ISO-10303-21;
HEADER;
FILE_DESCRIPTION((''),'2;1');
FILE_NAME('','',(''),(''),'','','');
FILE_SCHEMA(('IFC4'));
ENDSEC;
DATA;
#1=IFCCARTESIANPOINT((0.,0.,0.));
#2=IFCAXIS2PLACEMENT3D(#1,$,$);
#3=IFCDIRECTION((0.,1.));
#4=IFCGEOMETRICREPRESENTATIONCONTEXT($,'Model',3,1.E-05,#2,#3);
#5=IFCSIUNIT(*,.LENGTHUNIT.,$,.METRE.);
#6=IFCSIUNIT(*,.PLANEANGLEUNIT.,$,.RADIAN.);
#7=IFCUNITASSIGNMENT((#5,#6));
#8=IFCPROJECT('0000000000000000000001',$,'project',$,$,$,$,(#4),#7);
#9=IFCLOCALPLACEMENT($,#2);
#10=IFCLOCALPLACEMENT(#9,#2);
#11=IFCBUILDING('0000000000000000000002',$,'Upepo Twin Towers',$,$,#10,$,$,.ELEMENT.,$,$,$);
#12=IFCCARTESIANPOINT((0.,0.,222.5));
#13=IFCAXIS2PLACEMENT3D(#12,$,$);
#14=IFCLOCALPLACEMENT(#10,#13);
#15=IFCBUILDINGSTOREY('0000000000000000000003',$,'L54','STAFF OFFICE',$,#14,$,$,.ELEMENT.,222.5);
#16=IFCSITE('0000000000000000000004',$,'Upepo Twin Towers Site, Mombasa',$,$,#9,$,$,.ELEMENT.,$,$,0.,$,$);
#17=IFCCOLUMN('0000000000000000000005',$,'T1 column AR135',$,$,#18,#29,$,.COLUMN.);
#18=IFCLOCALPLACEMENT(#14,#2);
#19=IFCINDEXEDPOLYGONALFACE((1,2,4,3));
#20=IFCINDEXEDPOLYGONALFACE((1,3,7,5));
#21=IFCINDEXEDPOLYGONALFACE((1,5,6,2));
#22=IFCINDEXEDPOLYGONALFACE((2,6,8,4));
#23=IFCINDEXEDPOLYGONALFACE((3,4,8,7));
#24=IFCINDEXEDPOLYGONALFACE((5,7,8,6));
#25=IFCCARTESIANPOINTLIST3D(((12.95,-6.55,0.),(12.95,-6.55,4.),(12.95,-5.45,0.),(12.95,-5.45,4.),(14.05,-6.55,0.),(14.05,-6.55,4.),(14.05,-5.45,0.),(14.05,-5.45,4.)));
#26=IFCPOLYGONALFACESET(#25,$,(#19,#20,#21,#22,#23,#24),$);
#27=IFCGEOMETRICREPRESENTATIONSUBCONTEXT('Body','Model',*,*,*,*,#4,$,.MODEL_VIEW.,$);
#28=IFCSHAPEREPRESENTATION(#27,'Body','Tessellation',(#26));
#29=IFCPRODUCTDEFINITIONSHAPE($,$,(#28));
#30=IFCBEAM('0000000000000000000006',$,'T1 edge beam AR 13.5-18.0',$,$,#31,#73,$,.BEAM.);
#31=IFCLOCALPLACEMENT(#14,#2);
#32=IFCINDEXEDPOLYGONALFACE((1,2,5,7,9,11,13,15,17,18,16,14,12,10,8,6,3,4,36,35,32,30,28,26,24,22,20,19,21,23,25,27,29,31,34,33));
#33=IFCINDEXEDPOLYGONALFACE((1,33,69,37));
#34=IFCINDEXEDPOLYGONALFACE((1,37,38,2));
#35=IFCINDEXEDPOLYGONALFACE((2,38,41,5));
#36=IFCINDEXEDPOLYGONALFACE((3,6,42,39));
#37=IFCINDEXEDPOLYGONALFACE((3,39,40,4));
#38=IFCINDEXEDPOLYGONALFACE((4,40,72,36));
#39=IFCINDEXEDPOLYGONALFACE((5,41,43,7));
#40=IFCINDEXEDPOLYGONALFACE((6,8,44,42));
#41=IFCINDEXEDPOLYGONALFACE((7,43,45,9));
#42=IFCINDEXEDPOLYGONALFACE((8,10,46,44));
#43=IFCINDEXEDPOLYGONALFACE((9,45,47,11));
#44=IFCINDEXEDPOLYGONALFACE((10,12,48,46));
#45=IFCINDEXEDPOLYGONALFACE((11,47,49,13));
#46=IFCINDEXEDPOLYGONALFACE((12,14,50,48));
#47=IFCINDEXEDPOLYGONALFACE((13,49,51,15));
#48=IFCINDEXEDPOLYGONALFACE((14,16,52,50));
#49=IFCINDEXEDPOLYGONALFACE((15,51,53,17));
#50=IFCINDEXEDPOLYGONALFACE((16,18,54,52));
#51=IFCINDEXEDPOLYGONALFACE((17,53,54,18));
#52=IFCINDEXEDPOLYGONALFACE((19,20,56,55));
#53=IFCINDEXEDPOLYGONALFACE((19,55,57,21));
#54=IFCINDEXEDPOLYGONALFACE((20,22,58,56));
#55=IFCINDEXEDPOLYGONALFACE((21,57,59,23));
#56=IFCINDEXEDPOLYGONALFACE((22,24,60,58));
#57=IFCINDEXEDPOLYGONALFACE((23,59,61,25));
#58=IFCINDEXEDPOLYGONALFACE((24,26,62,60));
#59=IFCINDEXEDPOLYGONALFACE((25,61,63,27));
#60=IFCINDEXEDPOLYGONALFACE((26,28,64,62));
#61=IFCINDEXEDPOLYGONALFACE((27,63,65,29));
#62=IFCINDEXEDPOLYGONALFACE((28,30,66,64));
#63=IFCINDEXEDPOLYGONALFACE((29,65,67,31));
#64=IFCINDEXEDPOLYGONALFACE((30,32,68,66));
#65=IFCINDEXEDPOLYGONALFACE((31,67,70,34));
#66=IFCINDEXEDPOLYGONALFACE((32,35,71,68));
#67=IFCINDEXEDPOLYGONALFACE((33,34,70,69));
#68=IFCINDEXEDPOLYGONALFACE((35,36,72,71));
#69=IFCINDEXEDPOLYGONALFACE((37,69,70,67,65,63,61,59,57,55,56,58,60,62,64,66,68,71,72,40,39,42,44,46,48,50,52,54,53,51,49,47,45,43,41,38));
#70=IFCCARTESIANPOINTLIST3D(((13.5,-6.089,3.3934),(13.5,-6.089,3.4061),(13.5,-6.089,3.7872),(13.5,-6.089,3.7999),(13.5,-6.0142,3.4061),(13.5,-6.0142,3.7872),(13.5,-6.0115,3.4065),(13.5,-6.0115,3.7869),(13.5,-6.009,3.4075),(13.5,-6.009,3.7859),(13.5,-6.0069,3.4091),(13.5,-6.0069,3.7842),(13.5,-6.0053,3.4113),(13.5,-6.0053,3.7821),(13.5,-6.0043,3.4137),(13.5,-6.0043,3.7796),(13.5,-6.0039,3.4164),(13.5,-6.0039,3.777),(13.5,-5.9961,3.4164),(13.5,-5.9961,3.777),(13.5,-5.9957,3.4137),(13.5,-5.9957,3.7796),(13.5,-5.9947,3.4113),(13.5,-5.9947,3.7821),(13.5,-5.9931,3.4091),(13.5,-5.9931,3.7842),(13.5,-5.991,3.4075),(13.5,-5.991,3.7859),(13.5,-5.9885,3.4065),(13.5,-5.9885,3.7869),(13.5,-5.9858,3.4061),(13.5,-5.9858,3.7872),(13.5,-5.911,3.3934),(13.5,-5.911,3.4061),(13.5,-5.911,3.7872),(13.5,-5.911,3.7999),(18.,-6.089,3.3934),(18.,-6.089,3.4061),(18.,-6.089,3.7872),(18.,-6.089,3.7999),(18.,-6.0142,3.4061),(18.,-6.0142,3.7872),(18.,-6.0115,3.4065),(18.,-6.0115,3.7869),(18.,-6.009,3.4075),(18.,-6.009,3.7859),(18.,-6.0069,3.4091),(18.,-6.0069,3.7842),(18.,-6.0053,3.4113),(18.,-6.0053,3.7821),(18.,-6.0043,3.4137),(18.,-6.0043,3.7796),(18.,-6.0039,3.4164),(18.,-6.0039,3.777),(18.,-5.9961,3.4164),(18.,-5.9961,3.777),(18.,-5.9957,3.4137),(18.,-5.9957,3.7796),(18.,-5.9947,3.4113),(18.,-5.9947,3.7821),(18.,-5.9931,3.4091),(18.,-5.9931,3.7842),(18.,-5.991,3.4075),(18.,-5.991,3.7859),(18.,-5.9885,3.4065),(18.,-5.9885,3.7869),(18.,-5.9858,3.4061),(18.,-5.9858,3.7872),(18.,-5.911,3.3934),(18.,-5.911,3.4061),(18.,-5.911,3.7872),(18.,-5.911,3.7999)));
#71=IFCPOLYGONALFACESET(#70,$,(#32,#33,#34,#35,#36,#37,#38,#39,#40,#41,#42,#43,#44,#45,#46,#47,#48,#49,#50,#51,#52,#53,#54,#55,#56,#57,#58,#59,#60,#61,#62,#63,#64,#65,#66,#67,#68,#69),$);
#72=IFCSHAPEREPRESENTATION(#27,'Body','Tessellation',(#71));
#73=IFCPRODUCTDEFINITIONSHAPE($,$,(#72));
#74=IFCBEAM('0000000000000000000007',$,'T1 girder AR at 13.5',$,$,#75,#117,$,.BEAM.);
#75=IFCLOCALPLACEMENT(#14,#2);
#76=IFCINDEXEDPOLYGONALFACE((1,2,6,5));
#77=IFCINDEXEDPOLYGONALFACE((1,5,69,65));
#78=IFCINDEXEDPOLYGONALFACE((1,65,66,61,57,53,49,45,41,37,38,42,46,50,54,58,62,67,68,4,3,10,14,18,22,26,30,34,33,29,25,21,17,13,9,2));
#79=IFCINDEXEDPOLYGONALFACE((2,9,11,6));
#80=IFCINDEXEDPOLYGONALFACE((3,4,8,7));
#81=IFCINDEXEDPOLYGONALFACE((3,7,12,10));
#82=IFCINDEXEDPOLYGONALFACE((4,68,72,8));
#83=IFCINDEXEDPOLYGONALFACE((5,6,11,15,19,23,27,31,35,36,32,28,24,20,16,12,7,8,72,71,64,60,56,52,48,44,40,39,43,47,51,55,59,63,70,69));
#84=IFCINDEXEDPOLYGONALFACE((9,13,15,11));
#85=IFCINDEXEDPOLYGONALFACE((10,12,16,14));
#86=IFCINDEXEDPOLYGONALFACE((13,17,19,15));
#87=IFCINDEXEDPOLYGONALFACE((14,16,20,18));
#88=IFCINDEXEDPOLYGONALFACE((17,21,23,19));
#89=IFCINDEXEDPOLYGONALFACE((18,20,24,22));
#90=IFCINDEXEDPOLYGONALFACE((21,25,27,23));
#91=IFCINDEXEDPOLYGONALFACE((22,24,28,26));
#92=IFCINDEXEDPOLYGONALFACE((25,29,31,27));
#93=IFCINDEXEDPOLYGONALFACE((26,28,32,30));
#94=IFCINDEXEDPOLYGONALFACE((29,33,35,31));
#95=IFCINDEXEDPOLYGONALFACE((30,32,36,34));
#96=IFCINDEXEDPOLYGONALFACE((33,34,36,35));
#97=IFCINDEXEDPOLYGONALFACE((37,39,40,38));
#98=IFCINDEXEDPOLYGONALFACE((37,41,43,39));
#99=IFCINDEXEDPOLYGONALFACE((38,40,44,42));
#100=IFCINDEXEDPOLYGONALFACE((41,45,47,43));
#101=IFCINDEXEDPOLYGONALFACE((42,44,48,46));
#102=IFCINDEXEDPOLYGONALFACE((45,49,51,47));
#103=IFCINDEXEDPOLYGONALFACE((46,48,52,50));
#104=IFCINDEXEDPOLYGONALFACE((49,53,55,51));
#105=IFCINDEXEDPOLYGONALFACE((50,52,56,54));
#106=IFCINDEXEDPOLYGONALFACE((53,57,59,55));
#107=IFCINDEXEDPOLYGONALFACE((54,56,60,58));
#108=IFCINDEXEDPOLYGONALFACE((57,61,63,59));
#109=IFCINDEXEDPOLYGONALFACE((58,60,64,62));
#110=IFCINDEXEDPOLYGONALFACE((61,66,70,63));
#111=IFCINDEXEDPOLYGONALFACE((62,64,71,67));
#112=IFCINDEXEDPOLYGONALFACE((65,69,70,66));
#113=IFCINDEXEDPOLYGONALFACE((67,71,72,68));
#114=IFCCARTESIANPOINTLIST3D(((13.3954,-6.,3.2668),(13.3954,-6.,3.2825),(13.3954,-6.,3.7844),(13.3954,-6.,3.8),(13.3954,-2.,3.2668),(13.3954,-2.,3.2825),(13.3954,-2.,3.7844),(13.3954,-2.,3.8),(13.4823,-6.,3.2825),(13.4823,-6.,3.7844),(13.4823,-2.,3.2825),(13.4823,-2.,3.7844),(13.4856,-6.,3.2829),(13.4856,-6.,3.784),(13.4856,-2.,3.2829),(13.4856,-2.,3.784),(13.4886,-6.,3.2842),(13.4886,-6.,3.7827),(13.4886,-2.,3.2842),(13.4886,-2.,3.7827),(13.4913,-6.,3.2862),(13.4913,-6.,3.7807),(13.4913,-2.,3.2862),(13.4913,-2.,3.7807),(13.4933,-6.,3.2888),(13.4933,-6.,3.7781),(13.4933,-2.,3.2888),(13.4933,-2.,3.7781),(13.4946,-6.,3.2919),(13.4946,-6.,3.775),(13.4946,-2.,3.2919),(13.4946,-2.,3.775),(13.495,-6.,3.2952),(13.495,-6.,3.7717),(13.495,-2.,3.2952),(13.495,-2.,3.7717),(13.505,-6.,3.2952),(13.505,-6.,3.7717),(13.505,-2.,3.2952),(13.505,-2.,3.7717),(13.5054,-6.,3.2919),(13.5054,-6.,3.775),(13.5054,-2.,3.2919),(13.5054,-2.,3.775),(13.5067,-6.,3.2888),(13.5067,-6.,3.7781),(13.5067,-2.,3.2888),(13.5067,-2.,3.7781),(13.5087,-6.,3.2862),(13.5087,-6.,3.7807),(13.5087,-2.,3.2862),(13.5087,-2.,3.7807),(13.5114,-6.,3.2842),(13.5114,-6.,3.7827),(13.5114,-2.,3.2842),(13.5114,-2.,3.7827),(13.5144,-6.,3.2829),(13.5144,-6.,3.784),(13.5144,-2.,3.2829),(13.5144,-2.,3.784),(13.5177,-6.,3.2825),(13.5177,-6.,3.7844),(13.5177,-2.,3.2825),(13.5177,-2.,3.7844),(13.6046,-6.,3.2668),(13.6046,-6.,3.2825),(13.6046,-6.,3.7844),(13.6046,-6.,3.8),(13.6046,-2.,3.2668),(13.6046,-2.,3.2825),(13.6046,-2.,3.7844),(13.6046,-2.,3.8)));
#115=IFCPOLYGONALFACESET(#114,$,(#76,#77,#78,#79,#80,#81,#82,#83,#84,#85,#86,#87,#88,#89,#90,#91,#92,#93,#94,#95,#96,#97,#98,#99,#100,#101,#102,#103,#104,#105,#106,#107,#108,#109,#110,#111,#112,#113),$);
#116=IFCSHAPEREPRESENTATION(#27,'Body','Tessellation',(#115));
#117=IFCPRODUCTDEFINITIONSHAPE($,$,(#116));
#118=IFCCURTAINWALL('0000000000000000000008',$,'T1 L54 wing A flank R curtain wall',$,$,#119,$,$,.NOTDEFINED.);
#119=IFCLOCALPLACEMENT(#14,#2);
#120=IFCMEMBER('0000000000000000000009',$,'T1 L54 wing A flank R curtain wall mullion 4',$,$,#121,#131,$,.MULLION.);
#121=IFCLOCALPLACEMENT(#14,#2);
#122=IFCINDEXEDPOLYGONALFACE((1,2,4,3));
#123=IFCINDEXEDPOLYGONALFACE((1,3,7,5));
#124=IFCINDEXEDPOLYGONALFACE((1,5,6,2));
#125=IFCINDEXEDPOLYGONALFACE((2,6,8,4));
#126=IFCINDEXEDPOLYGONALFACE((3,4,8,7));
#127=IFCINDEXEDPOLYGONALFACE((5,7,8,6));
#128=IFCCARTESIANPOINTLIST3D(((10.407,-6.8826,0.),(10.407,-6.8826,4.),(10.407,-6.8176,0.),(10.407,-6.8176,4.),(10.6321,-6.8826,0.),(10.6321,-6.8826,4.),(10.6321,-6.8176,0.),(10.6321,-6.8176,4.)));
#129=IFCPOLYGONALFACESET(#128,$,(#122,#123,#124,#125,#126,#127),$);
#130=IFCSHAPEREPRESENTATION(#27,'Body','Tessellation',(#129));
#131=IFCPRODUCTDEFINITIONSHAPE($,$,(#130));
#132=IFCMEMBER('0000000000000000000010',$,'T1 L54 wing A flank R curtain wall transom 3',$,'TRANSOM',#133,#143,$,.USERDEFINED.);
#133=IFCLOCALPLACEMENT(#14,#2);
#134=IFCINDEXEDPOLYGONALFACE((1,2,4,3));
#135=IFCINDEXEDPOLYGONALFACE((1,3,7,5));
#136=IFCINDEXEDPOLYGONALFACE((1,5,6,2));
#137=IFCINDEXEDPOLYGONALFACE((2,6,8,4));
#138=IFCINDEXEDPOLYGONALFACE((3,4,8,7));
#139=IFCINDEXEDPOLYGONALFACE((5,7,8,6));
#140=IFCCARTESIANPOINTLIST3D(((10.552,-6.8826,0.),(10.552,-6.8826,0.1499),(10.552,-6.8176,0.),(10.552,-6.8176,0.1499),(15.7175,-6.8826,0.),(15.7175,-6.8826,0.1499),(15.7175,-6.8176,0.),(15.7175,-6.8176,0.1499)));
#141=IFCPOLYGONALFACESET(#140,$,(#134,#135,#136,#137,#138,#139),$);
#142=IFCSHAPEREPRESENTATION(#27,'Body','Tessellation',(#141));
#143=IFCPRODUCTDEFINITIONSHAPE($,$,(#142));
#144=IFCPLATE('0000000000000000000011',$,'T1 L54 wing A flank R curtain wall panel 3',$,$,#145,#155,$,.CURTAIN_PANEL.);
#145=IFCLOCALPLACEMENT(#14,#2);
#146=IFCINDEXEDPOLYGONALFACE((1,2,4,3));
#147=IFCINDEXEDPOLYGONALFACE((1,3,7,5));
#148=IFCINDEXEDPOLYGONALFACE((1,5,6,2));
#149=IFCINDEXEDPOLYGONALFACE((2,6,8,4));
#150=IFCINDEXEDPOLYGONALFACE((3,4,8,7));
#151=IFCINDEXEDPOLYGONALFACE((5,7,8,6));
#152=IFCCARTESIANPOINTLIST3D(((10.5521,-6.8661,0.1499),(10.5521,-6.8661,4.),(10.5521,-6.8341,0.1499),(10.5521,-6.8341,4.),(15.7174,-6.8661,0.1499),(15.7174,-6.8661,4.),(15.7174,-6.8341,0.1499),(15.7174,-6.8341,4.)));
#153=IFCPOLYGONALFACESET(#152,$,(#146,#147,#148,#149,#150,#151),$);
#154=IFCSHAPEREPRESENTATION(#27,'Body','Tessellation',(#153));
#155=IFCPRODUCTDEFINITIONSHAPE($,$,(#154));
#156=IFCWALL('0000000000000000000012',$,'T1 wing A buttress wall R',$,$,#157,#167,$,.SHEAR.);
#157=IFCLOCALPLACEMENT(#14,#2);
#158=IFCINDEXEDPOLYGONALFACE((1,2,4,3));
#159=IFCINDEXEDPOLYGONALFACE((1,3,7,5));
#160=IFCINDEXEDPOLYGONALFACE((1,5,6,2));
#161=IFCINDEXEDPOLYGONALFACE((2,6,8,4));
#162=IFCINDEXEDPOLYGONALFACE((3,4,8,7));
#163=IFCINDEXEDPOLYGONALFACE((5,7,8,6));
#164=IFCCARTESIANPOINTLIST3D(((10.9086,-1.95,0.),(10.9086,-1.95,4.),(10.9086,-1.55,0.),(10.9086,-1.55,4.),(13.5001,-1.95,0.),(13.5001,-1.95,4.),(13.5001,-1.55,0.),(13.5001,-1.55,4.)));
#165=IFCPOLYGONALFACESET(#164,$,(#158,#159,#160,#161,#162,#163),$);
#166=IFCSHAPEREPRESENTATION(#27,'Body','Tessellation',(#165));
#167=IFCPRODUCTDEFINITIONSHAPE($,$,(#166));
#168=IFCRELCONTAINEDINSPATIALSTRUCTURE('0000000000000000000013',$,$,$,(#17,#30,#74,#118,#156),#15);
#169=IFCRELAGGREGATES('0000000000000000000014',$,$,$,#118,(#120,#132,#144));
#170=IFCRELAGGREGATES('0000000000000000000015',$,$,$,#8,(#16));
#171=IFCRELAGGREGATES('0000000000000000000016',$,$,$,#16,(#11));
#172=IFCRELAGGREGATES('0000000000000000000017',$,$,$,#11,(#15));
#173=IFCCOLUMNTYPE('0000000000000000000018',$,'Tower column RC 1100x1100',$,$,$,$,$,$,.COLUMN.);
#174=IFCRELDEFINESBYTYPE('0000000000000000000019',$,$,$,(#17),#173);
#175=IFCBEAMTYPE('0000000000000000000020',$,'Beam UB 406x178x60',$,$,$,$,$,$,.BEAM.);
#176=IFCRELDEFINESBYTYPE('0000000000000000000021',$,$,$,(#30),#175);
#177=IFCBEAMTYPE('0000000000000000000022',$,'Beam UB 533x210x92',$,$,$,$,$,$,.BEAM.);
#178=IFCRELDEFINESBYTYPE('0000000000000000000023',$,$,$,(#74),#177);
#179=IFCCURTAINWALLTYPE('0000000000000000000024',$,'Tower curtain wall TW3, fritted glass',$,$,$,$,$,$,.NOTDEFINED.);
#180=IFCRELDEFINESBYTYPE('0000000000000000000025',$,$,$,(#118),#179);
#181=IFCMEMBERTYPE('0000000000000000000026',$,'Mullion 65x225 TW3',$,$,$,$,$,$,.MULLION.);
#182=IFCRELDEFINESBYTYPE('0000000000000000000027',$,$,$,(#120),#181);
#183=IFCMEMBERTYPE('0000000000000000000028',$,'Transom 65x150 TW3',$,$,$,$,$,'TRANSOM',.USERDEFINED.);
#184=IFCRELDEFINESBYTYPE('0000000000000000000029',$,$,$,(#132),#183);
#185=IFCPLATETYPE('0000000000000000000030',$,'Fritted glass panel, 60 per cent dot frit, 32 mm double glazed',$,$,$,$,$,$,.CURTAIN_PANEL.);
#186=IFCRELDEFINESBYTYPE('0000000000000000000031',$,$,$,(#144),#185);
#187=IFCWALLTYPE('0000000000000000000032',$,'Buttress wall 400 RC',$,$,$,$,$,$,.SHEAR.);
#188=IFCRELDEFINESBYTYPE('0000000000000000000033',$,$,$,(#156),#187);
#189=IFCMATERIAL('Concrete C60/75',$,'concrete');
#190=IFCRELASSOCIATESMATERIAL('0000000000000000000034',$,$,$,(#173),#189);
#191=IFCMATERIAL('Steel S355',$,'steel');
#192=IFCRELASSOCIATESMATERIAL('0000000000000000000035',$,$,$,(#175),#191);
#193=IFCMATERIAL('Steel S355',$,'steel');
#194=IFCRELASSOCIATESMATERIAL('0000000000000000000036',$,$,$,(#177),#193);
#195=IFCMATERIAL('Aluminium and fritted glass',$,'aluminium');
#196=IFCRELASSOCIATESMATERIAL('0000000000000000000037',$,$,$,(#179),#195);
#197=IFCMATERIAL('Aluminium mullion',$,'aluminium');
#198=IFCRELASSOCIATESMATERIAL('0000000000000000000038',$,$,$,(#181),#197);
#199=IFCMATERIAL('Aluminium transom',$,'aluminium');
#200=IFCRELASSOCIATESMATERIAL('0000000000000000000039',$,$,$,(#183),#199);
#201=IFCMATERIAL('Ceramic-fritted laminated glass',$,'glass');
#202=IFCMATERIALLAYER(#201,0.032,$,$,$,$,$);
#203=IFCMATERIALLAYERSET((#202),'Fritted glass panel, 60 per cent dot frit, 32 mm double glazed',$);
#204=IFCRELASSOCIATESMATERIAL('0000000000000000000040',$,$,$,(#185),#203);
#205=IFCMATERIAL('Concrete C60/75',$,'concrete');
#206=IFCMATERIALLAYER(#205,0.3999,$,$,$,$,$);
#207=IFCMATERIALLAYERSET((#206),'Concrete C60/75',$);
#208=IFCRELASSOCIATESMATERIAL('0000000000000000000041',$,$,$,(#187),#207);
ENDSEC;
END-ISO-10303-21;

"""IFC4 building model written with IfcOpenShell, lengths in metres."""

from ifc_helpers import new_model, si_unit, direction, frame, frame_2d, origin, origin_2d, place, context, subcontext, project, spatial, rectangle, i_section, extrude, material, layer, layer_set, material_profile, profile_set, type_object, element, aggregate, save


model = new_model("IFC4")

# Units and contexts
model_context = context("Model", 3, precision=1e-05, world=origin(), true_north=direction((0.0, 1.0)))
body_context = subcontext(model_context, "Body", "Model", "MODEL_VIEW")
ifc_project = project(units=[si_unit("LENGTHUNIT", "METRE"), si_unit("PLANEANGLEUNIT", "RADIAN")], contexts=[model_context])

# Site, building, storey
site_placement = place(None, origin())
site = spatial("IfcSite", under=ifc_project, at=site_placement, Name="Upepo Twin Towers Site, Mombasa", CompositionType="ELEMENT", RefElevation=0.0)
building_placement = place(site_placement, origin())
building = spatial("IfcBuilding", under=site, at=building_placement, Name="Upepo Twin Towers", CompositionType="ELEMENT")
storey_placement = place(building_placement, frame((0.0, 0.0, 222.5)))
storey = spatial("IfcBuildingStorey", under=building, at=storey_placement, Name="L54", Description="STAFF OFFICE", CompositionType="ELEMENT", Elevation=222.5)

# Column
ifc_material_1 = material(Name="Concrete C60/75", Category="concrete")
ifc_material_profile_1 = material_profile(ifc_material_1, rectangle(XDim=1.1001, YDim=1.1001, at=origin_2d()), Name="RC 1100x1100")
ifc_profile_set_1 = profile_set([ifc_material_profile_1], Name="Concrete C60/75")
column_type = type_object("IfcColumnType", Name="Tower column RC 1100x1100", PredefinedType="COLUMN", material=ifc_profile_set_1)
column_placement = place(storey_placement, frame((13.5, -6.0, 0.0), z_axis=(0.0, 0.0, 1.0), x_axis=(1.0, 0.0, 0.0)))
element("IfcColumn", 1, at=column_placement, inside=storey, type_object=column_type, Name="T1 column AR135", PredefinedType="COLUMN", context=body_context, shape_type="SweptSolid", body=[
    extrude(rectangle(XDim=1.1001, YDim=1.1001, at=origin_2d()), origin(), (0.0, 0.0, 1.0), 4.0),
])

# Beams
ifc_material_2 = material(Name="Steel S355", Category="steel")
ifc_material_profile_2 = material_profile(ifc_material_2, i_section(OverallWidth=0.178, OverallDepth=0.4065, WebThickness=0.0078, FlangeThickness=0.0127, FilletRadius=0.0103, at=origin_2d()), Name="UB 406x178x60")
ifc_profile_set_2 = profile_set([ifc_material_profile_2], Name="Steel S355")
beam_type_1 = type_object("IfcBeamType", Name="Beam UB 406x178x60", PredefinedType="BEAM", material=ifc_profile_set_2)
beam_1_placement = place(storey_placement, frame((13.5, -6.0, 3.5967), z_axis=(1.0, 0.0, 0.0), x_axis=(0.0, 1.0, 0.0)))
element("IfcBeam", 2, at=beam_1_placement, inside=storey, type_object=beam_type_1, Name="T1 edge beam AR 13.5-18.0", PredefinedType="BEAM", context=body_context, shape_type="SweptSolid", body=[
    extrude(i_section(OverallWidth=0.178, OverallDepth=0.4065, WebThickness=0.0078, FlangeThickness=0.0127, FilletRadius=0.0103, at=origin_2d()), origin(), (0.0, 0.0, 1.0), 4.5),
])
ifc_material_3 = material(Name="Steel S355", Category="steel")
ifc_material_profile_3 = material_profile(ifc_material_3, i_section(OverallWidth=0.2092, OverallDepth=0.5332, WebThickness=0.01, FlangeThickness=0.0156, FilletRadius=0.0127, at=origin_2d()), Name="UB 533x210x92")
ifc_profile_set_3 = profile_set([ifc_material_profile_3], Name="Steel S355")
beam_type_2 = type_object("IfcBeamType", Name="Beam UB 533x210x92", PredefinedType="BEAM", material=ifc_profile_set_3)
beam_2_placement = place(storey_placement, frame((13.5, -6.0, 3.5334), z_axis=(0.0, 1.0, 0.0), x_axis=(-1.0, 0.0, 0.0)))
element("IfcBeam", 3, at=beam_2_placement, inside=storey, type_object=beam_type_2, Name="T1 girder AR at 13.5", PredefinedType="BEAM", context=body_context, shape_type="SweptSolid", body=[
    extrude(i_section(OverallWidth=0.2092, OverallDepth=0.5332, WebThickness=0.01, FlangeThickness=0.0156, FilletRadius=0.0127, at=origin_2d()), origin(), (0.0, 0.0, 1.0), 4.0),
])

# Curtain wall, members, plate
ifc_material_4 = material(Name="Aluminium and fritted glass", Category="aluminium")
curtain_wall_type = type_object("IfcCurtainWallType", Name="Tower curtain wall TW3, fritted glass", PredefinedType="NOTDEFINED", material=ifc_material_4)
curtain_wall_placement = place(storey_placement, origin())
curtain_wall = element("IfcCurtainWall", 4, at=curtain_wall_placement, inside=storey, type_object=curtain_wall_type, Name="T1 L54 wing A flank R curtain wall", PredefinedType="NOTDEFINED")
ifc_material_5 = material(Name="Aluminium mullion", Category="aluminium")
ifc_material_profile_4 = material_profile(ifc_material_5, rectangle(XDim=0.0649, YDim=0.2251, at=origin_2d()), Name="MULLION 65x225")
ifc_profile_set_4 = profile_set([ifc_material_profile_4], Name="Aluminium mullion")
member_type_1 = type_object("IfcMemberType", Name="Mullion 65x225 TW3", PredefinedType="MULLION", material=ifc_profile_set_4)
member_1_placement = place(storey_placement, frame((10.5195, -6.8501, 0.0), z_axis=(0.0, 0.0, 1.0), x_axis=(0.0, -1.0, 0.0)))
member_1 = element("IfcMember", 5, at=member_1_placement, type_object=member_type_1, Name="T1 L54 wing A flank R curtain wall mullion 4", PredefinedType="MULLION", context=body_context, shape_type="SweptSolid", body=[
    extrude(rectangle(XDim=0.0649, YDim=0.2251, at=origin_2d()), origin(), (0.0, 0.0, 1.0), 4.0),
])
ifc_material_6 = material(Name="Aluminium transom", Category="aluminium")
ifc_material_profile_5 = material_profile(ifc_material_6, rectangle(XDim=0.0649, YDim=0.1499, at=origin_2d()), Name="TRANSOM 65x150")
ifc_profile_set_5 = profile_set([ifc_material_profile_5], Name="Aluminium transom")
member_type_2 = type_object("IfcMemberType", Name="Transom 65x150 TW3", ElementType="TRANSOM", PredefinedType="USERDEFINED", material=ifc_profile_set_5)
member_2_placement = place(storey_placement, frame((15.7175, -6.8501, 0.075), z_axis=(-1.0, 0.0, 0.0), x_axis=(0.0, -1.0, 0.0)))
member_2 = element("IfcMember", 6, at=member_2_placement, type_object=member_type_2, Name="T1 L54 wing A flank R curtain wall transom 3", ObjectType="TRANSOM", PredefinedType="USERDEFINED", context=body_context, shape_type="SweptSolid", body=[
    extrude(rectangle(XDim=0.0649, YDim=0.1499, at=origin_2d()), origin(), (0.0, 0.0, 1.0), 5.1655),
])
ifc_material_7 = material(Name="Ceramic-fritted laminated glass", Category="glass")
ifc_layer_1 = layer(ifc_material_7, 0.032)
ifc_layer_set_1 = layer_set([ifc_layer_1], Name="Fritted glass panel, 60 per cent dot frit, 32 mm double glazed")
plate_type = type_object("IfcPlateType", Name="Fritted glass panel, 60 per cent dot frit, 32 mm double glazed", PredefinedType="CURTAIN_PANEL", material=ifc_layer_set_1)
plate_placement = place(storey_placement, frame((13.1348, -6.8501, 0.1499), z_axis=(0.0, 0.0, 1.0), x_axis=(-1.0, 0.0, 0.0)))
plate = element("IfcPlate", 7, at=plate_placement, type_object=plate_type, Name="T1 L54 wing A flank R curtain wall panel 3", PredefinedType="CURTAIN_PANEL", context=body_context, shape_type="SweptSolid", body=[
    extrude(rectangle(XDim=5.1653, YDim=0.032, at=origin_2d()), origin(), (0.0, 0.0, 1.0), 3.8501),
])
aggregate(curtain_wall, [member_1, member_2, plate])

# Wall
ifc_material_8 = material(Name="Concrete C60/75", Category="concrete")
ifc_layer_2 = layer(ifc_material_8, 0.3999)
ifc_layer_set_2 = layer_set([ifc_layer_2], Name="Concrete C60/75")
wall_type_1 = type_object("IfcWallType", Name="Buttress wall 400 RC", PredefinedType="SHEAR", material=ifc_layer_set_2)
wall_1_placement = place(storey_placement, frame((10.9084, -1.75, 0.0), z_axis=(0.0, 0.0, 1.0), x_axis=(1.0, 0.0, 0.0)))
element("IfcWall", 8, at=wall_1_placement, inside=storey, type_object=wall_type_1, Name="T1 wing A buttress wall R", PredefinedType="SHEAR", context=body_context, shape_type="SweptSolid", body=[
    extrude(rectangle(XDim=2.5916, YDim=0.3999, at=frame_2d((1.2959, 0.0))), origin(), (0.0, 0.0, 1.0), 4.0),
])

save(model, "model.ifc")
